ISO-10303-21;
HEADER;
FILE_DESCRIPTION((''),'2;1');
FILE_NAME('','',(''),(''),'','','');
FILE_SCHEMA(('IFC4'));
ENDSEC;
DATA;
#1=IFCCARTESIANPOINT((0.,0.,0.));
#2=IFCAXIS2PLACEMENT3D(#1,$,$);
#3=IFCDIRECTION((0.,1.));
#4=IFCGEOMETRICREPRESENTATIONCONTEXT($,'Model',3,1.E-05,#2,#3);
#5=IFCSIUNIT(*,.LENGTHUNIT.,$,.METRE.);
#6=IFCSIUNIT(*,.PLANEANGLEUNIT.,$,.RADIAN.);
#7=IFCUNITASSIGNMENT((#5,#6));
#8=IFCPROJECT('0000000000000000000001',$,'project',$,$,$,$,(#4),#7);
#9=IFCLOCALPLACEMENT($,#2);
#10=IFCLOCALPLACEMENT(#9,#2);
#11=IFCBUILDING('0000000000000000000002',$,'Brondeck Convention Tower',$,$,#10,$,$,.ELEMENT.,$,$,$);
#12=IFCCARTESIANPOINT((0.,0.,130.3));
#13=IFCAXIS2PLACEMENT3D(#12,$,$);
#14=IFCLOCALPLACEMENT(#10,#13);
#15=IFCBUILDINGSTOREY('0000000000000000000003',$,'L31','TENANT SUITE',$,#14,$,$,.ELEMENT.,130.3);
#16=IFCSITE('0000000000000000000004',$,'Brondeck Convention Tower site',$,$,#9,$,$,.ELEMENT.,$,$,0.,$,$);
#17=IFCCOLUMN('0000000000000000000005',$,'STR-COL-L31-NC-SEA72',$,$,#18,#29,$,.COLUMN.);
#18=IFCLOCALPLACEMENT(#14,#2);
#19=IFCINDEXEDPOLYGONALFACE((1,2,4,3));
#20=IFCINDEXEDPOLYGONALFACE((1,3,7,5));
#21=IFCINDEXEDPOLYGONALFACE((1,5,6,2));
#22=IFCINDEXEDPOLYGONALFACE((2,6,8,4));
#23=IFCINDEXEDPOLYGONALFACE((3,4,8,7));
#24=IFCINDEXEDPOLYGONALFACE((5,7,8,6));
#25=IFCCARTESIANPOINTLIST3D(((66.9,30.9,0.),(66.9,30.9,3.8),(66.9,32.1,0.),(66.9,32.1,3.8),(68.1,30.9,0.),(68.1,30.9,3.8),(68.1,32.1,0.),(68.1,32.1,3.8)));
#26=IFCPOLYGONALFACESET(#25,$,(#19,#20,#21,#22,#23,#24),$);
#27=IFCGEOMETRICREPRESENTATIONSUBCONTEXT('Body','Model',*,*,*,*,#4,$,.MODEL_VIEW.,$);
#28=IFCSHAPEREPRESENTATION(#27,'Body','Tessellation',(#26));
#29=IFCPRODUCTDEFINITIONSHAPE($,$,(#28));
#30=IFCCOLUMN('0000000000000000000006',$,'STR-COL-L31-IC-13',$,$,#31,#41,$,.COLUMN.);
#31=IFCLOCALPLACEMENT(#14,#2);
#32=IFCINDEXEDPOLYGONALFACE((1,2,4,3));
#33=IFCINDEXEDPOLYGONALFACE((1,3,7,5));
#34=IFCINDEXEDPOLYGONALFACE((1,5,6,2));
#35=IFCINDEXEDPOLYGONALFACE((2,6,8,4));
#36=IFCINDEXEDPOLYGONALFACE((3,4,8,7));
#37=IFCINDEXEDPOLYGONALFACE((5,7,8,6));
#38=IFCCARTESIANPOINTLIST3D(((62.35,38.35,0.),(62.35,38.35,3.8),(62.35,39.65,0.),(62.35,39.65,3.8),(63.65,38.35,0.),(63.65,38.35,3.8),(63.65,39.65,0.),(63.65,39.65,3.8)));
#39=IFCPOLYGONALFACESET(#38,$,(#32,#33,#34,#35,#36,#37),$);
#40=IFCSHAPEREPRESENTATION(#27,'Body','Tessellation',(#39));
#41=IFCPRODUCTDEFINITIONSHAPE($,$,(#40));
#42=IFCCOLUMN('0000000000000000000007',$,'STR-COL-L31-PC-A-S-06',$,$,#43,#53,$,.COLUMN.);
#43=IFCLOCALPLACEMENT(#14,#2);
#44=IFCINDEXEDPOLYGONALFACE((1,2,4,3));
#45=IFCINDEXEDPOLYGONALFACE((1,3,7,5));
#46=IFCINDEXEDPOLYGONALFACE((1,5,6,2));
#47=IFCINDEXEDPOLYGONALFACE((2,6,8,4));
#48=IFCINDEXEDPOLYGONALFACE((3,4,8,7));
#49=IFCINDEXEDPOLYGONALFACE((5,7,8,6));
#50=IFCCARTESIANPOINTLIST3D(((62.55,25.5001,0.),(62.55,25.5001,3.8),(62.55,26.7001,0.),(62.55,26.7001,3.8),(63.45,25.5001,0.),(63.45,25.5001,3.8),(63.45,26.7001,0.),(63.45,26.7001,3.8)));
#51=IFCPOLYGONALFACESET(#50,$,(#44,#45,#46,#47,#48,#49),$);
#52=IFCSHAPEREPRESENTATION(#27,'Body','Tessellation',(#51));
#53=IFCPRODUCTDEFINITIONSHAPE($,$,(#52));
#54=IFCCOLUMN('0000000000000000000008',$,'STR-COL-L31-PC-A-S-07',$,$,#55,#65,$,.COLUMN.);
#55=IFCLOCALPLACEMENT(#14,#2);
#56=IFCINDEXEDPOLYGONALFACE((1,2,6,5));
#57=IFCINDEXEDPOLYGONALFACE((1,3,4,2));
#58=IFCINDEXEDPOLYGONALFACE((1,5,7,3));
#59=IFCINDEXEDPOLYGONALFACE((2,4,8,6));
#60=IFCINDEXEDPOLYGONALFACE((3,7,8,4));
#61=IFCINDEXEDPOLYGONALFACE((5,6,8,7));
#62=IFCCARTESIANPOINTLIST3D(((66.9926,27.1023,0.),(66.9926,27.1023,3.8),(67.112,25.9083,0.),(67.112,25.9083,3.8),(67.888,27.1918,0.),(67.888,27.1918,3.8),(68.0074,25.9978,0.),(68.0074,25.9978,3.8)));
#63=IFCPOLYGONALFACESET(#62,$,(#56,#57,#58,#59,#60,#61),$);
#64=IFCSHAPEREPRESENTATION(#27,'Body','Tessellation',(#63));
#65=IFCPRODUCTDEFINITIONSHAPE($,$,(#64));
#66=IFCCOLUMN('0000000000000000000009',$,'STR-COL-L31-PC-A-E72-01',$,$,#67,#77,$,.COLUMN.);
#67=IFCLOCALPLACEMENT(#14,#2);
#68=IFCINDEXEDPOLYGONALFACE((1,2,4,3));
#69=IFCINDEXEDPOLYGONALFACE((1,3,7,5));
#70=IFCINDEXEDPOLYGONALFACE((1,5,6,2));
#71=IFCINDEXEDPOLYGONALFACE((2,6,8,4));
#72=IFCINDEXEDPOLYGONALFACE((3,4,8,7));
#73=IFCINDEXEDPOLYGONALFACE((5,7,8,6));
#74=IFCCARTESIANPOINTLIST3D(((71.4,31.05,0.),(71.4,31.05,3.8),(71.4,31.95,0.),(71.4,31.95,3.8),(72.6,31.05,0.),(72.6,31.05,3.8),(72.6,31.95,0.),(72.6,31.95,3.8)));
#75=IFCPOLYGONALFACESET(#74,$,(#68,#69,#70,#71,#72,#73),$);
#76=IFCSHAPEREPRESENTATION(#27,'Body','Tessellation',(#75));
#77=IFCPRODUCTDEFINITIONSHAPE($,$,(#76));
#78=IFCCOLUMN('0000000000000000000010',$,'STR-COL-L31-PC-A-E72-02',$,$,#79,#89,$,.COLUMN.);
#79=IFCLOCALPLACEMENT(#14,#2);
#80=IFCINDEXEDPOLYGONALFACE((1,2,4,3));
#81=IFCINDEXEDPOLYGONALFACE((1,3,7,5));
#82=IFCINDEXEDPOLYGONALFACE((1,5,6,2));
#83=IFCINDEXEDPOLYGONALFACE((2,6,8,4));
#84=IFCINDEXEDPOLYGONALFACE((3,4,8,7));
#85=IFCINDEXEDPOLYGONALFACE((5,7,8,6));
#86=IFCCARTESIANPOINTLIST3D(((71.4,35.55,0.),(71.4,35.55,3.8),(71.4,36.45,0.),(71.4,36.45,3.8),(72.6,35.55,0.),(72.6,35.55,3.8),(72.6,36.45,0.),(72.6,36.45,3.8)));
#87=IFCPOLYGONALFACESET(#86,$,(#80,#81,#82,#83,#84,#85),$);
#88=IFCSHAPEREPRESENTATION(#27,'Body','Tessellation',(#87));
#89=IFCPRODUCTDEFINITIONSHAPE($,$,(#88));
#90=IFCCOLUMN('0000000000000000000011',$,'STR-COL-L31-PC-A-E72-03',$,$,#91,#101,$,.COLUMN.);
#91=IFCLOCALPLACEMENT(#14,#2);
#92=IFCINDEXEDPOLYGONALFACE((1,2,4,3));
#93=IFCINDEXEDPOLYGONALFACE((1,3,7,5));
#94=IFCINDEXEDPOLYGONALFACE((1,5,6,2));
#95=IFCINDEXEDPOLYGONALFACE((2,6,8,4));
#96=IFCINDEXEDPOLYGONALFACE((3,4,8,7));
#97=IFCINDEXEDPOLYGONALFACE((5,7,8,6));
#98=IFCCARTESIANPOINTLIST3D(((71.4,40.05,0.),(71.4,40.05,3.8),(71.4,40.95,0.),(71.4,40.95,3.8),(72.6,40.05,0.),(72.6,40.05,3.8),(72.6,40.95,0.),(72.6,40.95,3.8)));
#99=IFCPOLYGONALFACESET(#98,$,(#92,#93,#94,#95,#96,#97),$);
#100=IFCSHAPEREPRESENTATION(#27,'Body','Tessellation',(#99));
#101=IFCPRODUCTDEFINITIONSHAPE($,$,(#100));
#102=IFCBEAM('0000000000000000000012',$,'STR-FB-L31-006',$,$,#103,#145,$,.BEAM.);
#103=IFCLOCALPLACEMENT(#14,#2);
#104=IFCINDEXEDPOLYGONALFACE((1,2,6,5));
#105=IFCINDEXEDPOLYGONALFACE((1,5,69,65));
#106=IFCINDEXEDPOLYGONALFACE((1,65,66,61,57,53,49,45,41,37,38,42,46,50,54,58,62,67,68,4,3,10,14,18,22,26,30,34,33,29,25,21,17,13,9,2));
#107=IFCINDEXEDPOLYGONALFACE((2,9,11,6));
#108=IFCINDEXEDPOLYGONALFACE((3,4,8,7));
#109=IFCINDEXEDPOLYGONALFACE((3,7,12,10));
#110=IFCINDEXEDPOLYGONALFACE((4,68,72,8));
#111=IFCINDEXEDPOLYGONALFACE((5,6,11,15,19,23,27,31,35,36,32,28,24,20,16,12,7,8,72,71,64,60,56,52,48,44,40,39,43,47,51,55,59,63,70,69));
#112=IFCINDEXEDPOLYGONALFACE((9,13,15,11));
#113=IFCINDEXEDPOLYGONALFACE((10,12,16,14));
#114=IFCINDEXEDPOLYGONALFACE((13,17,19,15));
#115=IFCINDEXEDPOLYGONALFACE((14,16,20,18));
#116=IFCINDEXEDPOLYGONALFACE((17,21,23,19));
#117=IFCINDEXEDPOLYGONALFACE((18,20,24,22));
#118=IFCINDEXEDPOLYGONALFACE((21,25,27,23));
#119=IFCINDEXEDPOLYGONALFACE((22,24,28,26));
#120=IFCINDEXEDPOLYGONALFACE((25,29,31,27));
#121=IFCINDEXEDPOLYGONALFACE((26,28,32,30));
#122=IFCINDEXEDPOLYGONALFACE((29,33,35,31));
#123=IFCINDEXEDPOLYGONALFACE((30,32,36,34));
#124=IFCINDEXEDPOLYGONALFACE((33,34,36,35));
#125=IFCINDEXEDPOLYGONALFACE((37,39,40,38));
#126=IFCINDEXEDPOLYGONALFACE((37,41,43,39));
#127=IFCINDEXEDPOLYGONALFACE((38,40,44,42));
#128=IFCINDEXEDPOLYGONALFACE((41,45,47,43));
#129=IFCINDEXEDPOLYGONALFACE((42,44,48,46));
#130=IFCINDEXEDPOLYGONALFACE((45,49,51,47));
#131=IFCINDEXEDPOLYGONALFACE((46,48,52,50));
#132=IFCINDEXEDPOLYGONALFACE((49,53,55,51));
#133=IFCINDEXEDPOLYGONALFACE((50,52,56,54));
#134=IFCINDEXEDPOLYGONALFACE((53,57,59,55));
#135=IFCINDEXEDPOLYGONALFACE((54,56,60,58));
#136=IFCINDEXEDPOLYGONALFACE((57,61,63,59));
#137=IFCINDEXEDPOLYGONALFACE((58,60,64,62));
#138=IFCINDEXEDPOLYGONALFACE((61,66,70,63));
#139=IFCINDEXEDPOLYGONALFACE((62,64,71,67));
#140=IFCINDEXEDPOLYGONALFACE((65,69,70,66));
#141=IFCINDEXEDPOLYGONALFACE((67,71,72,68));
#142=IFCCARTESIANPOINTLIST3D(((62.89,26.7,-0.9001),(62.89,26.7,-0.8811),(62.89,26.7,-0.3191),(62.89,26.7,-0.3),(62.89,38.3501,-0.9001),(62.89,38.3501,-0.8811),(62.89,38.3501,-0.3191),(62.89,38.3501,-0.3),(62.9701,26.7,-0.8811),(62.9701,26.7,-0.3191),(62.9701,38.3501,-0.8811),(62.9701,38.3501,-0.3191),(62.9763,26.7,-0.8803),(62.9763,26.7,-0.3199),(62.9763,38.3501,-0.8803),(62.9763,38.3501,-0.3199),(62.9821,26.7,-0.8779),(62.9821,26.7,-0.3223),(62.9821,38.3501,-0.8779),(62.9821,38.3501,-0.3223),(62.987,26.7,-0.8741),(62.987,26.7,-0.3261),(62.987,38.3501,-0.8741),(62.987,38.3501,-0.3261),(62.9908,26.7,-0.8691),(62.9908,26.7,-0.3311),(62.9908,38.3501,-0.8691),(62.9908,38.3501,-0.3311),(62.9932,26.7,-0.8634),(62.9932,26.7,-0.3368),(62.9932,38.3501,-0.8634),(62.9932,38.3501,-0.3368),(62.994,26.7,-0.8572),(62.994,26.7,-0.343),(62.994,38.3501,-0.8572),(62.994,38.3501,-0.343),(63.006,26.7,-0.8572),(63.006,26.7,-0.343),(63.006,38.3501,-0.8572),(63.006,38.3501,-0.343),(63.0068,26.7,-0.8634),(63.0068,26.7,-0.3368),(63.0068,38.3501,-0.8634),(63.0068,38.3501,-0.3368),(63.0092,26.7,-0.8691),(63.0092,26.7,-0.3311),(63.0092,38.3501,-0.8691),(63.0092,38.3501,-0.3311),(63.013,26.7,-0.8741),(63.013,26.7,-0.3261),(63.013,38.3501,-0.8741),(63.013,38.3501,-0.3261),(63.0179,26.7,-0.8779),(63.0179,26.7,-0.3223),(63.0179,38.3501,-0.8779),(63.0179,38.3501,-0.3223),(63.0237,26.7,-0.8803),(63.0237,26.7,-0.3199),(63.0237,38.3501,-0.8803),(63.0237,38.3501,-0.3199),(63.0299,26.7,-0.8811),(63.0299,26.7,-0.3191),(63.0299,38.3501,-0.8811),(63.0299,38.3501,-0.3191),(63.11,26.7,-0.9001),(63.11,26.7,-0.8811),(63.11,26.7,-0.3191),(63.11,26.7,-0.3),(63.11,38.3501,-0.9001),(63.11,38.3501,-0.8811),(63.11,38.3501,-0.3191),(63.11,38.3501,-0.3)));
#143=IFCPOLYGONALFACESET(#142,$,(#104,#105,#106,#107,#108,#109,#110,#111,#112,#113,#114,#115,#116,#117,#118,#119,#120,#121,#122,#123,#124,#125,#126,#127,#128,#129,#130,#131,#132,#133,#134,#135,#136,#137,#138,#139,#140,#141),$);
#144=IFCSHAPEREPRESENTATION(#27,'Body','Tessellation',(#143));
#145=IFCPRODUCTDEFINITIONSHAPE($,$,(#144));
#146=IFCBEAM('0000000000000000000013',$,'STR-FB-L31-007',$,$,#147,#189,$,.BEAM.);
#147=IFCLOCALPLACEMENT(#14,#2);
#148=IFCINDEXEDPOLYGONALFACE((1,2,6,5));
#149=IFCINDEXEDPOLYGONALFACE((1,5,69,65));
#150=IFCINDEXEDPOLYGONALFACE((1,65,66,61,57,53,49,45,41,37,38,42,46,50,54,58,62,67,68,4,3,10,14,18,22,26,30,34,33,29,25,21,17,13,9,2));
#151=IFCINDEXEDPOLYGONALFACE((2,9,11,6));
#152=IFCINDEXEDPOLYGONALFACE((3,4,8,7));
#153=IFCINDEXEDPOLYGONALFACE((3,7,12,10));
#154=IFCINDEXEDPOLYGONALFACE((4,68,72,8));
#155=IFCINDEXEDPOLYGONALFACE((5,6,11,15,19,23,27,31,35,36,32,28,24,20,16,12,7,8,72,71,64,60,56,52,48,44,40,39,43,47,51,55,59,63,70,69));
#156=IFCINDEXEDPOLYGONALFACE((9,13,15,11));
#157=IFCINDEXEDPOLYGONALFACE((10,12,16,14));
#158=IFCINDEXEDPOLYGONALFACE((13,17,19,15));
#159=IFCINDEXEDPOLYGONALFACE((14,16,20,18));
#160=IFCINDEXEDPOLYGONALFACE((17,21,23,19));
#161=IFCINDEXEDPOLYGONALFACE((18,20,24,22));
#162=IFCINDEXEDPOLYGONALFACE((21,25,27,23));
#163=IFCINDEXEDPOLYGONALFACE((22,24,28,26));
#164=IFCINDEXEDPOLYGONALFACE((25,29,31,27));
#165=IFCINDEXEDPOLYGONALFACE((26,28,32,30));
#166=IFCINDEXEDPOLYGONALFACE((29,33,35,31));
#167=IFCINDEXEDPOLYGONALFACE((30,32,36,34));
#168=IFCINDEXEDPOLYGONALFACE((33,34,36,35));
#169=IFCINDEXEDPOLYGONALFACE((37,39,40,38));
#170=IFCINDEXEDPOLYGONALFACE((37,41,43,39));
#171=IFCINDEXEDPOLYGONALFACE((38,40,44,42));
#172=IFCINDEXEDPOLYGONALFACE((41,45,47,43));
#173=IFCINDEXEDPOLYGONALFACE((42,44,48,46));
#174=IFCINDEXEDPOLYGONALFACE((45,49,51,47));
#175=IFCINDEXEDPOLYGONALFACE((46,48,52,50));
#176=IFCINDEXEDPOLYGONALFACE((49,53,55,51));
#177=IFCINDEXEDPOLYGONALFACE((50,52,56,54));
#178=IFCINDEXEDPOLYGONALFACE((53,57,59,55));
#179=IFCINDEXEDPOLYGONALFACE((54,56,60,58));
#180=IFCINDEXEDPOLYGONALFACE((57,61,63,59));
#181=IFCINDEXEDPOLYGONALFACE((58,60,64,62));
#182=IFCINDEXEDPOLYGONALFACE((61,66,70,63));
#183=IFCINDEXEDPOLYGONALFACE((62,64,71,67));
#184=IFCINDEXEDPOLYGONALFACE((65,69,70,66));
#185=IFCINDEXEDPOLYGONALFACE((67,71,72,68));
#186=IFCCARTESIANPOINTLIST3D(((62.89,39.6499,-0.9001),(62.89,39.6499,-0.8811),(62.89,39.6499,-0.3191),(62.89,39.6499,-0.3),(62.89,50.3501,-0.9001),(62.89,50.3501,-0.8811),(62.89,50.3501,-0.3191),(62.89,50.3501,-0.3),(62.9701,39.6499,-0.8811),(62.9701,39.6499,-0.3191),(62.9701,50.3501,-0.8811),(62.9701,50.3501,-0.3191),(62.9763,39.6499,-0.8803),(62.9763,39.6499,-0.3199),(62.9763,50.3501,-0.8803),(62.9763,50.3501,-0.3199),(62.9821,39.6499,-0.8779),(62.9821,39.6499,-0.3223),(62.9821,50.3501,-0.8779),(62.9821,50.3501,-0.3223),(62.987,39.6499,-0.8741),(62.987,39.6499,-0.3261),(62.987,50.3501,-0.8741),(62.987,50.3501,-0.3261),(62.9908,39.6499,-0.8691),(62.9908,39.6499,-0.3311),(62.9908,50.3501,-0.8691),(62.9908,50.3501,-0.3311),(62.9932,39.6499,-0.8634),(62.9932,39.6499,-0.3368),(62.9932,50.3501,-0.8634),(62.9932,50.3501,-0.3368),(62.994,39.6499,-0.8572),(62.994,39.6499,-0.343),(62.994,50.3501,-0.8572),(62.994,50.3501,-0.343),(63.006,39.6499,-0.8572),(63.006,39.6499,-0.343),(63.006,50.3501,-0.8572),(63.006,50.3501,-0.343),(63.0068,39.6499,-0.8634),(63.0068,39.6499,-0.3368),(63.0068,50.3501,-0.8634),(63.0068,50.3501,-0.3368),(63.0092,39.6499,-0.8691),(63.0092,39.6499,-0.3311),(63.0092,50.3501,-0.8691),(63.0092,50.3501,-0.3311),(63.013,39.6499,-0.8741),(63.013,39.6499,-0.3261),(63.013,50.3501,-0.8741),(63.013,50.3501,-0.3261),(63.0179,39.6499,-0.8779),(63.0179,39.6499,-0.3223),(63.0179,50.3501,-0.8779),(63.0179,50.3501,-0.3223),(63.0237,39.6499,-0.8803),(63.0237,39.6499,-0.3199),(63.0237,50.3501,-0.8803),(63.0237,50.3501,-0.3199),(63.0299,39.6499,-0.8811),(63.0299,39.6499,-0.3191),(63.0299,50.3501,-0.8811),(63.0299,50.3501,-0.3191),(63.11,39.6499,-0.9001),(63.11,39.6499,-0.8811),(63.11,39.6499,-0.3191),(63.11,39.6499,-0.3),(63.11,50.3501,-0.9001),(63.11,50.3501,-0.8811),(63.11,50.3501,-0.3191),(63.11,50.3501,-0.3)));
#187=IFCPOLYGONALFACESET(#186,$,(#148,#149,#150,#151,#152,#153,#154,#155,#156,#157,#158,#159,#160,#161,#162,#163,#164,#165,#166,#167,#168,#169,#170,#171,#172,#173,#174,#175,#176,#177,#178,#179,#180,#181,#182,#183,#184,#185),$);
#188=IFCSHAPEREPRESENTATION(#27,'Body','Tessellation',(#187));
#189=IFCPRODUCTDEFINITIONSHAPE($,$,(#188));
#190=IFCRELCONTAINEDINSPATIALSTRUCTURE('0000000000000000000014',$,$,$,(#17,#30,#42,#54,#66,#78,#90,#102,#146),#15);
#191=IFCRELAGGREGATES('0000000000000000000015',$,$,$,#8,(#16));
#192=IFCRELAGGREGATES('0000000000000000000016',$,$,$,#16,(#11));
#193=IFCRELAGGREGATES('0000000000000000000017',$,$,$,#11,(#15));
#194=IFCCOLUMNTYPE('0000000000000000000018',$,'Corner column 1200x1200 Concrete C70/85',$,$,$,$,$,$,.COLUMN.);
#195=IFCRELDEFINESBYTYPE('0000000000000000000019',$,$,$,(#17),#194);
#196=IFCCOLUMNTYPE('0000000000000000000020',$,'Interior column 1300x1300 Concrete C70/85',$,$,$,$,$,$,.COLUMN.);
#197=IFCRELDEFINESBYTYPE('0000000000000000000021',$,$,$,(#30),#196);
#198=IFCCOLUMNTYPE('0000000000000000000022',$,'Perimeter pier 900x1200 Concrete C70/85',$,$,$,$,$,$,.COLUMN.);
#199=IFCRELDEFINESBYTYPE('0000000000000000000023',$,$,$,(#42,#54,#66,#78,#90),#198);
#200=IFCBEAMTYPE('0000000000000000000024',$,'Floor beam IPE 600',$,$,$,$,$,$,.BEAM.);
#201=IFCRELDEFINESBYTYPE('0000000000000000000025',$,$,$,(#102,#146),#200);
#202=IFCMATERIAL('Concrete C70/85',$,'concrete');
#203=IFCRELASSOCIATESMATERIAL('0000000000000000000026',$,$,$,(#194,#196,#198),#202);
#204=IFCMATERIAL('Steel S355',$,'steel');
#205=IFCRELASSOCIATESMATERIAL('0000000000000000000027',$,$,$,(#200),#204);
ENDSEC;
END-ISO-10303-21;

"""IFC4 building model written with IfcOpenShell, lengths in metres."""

from ifc_helpers import new_model, si_unit, direction, frame, origin, origin_2d, place, context, subcontext, project, spatial, rectangle, i_section, extrude, material, material_profile, profile_set, type_object, element, save


model = new_model("IFC4")

# Units and contexts
model_context = context("Model", 3, precision=1e-05, world=origin(), true_north=direction((0.0, 1.0)))
body_context = subcontext(model_context, "Body", "Model", "MODEL_VIEW")
ifc_project = project(units=[si_unit("LENGTHUNIT", "METRE"), si_unit("PLANEANGLEUNIT", "RADIAN")], contexts=[model_context])

# Site, building, storey
site_placement = place(None, origin())
site = spatial("IfcSite", under=ifc_project, at=site_placement, Name="Brondeck Convention Tower site", CompositionType="ELEMENT", RefElevation=0.0)
building_placement = place(site_placement, origin())
building = spatial("IfcBuilding", under=site, at=building_placement, Name="Brondeck Convention Tower", CompositionType="ELEMENT")
storey_placement = place(building_placement, frame((0.0, 0.0, 130.3)))
storey = spatial("IfcBuildingStorey", under=building, at=storey_placement, Name="L31", Description="TENANT SUITE", CompositionType="ELEMENT", Elevation=130.3)

# Columns
ifc_material_1 = material(Name="Concrete C70/85", Category="concrete")
ifc_material_profile_1 = material_profile(ifc_material_1, rectangle(XDim=1.2, YDim=1.2, at=origin_2d()), Name="Corner column 1200x1200 Concrete C70/85")
ifc_profile_set_1 = profile_set([ifc_material_profile_1], Name="Concrete C70/85")
column_type_1 = type_object("IfcColumnType", Name="Corner column 1200x1200 Concrete C70/85", PredefinedType="COLUMN", material=ifc_profile_set_1)
column_1_placement = place(storey_placement, frame((67.5, 31.5, 0.0), z_axis=(0.0, 0.0, 1.0), x_axis=(1.0, 0.0, 0.0)))
element("IfcColumn", 1, at=column_1_placement, inside=storey, type_object=column_type_1, Name="STR-COL-L31-NC-SEA72", PredefinedType="COLUMN", context=body_context, shape_type="SweptSolid", body=[
    extrude(rectangle(XDim=1.2, YDim=1.2, at=origin_2d()), origin(), (0.0, 0.0, 1.0), 3.8),
])
ifc_material_profile_2 = material_profile(ifc_material_1, rectangle(XDim=1.3, YDim=1.3, at=origin_2d()), Name="Interior column 1300x1300 Concrete C70/85")
ifc_profile_set_2 = profile_set([ifc_material_profile_2], Name="Concrete C70/85")
column_type_2 = type_object("IfcColumnType", Name="Interior column 1300x1300 Concrete C70/85", PredefinedType="COLUMN", material=ifc_profile_set_2)
column_2_placement = place(storey_placement, frame((63.0, 39.0, 0.0), z_axis=(0.0, 0.0, 1.0), x_axis=(1.0, 0.0, 0.0)))
element("IfcColumn", 2, at=column_2_placement, inside=storey, type_object=column_type_2, Name="STR-COL-L31-IC-13", PredefinedType="COLUMN", context=body_context, shape_type="SweptSolid", body=[
    extrude(rectangle(XDim=1.3, YDim=1.3, at=origin_2d()), origin(), (0.0, 0.0, 1.0), 3.8),
])
ifc_material_profile_3 = material_profile(ifc_material_1, rectangle(XDim=0.8999, YDim=1.2, at=origin_2d()), Name="Perimeter pier 900x1200 Concrete C70/85")
ifc_profile_set_3 = profile_set([ifc_material_profile_3], Name="Concrete C70/85")
column_type_3 = type_object("IfcColumnType", Name="Perimeter pier 900x1200 Concrete C70/85", PredefinedType="COLUMN", material=ifc_profile_set_3)
for number, where, z_axis, x_axis, name in (
    (3, (63.0, 26.1001, 0.0), (0.0, 0.0, 1.0), (1.0, 0.0, 0.0), "STR-COL-L31-PC-A-S-06"),
    (4, (67.5, 26.55, 0.0), (0.0, 0.0, 1.0), (0.995037, 0.099504, 0.0), "STR-COL-L31-PC-A-S-07"),
    (5, (72.0, 31.5, 0.0), (0.0, 0.0, 1.0), (0.0, 1.0, 0.0), "STR-COL-L31-PC-A-E72-01"),
    (6, (72.0, 36.0, 0.0), (0.0, 0.0, 1.0), (0.0, 1.0, 0.0), "STR-COL-L31-PC-A-E72-02"),
    (7, (72.0, 40.5, 0.0), (0.0, 0.0, 1.0), (0.0, 1.0, 0.0), "STR-COL-L31-PC-A-E72-03"),
):
    element("IfcColumn", number, at=place(storey_placement, frame(where, z_axis=z_axis, x_axis=x_axis)), inside=storey, type_object=column_type_3, Name=name, PredefinedType="COLUMN", context=body_context, shape_type="SweptSolid", body=[
        extrude(rectangle(XDim=0.8999, YDim=1.2, at=origin_2d()), origin(), (0.0, 0.0, 1.0), 3.8),
    ])

# Beams
ifc_material_2 = material(Name="Steel S355", Category="steel")
ifc_material_profile_4 = material_profile(ifc_material_2, i_section(OverallWidth=0.22, OverallDepth=0.6001, WebThickness=0.012, FlangeThickness=0.019, FilletRadius=0.0239, at=origin_2d()), Name="IPE 600")
ifc_profile_set_4 = profile_set([ifc_material_profile_4], Name="Steel S355")
beam_type_1 = type_object("IfcBeamType", Name="Floor beam IPE 600", PredefinedType="BEAM", material=ifc_profile_set_4)
beam_1_placement = place(storey_placement, frame((63.0, 26.7, -0.6001), z_axis=(0.0, 1.0, 0.0), x_axis=(-1.0, 0.0, 0.0)))
element("IfcBeam", 8, at=beam_1_placement, inside=storey, type_object=beam_type_1, Name="STR-FB-L31-006", PredefinedType="BEAM", context=body_context, shape_type="SweptSolid", body=[
    extrude(i_section(OverallWidth=0.22, OverallDepth=0.6001, WebThickness=0.012, FlangeThickness=0.019, FilletRadius=0.0239, at=origin_2d()), origin(), (0.0, 0.0, 1.0), 11.6501),
])
beam_2_placement = place(storey_placement, frame((63.0, 39.6499, -0.6001), z_axis=(0.0, 1.0, 0.0), x_axis=(-1.0, 0.0, 0.0)))
element("IfcBeam", 9, at=beam_2_placement, inside=storey, type_object=beam_type_1, Name="STR-FB-L31-007", PredefinedType="BEAM", context=body_context, shape_type="SweptSolid", body=[
    extrude(i_section(OverallWidth=0.22, OverallDepth=0.6001, WebThickness=0.012, FlangeThickness=0.019, FilletRadius=0.0239, at=origin_2d()), origin(), (0.0, 0.0, 1.0), 10.7002),
])

save(model, "model.ifc")
